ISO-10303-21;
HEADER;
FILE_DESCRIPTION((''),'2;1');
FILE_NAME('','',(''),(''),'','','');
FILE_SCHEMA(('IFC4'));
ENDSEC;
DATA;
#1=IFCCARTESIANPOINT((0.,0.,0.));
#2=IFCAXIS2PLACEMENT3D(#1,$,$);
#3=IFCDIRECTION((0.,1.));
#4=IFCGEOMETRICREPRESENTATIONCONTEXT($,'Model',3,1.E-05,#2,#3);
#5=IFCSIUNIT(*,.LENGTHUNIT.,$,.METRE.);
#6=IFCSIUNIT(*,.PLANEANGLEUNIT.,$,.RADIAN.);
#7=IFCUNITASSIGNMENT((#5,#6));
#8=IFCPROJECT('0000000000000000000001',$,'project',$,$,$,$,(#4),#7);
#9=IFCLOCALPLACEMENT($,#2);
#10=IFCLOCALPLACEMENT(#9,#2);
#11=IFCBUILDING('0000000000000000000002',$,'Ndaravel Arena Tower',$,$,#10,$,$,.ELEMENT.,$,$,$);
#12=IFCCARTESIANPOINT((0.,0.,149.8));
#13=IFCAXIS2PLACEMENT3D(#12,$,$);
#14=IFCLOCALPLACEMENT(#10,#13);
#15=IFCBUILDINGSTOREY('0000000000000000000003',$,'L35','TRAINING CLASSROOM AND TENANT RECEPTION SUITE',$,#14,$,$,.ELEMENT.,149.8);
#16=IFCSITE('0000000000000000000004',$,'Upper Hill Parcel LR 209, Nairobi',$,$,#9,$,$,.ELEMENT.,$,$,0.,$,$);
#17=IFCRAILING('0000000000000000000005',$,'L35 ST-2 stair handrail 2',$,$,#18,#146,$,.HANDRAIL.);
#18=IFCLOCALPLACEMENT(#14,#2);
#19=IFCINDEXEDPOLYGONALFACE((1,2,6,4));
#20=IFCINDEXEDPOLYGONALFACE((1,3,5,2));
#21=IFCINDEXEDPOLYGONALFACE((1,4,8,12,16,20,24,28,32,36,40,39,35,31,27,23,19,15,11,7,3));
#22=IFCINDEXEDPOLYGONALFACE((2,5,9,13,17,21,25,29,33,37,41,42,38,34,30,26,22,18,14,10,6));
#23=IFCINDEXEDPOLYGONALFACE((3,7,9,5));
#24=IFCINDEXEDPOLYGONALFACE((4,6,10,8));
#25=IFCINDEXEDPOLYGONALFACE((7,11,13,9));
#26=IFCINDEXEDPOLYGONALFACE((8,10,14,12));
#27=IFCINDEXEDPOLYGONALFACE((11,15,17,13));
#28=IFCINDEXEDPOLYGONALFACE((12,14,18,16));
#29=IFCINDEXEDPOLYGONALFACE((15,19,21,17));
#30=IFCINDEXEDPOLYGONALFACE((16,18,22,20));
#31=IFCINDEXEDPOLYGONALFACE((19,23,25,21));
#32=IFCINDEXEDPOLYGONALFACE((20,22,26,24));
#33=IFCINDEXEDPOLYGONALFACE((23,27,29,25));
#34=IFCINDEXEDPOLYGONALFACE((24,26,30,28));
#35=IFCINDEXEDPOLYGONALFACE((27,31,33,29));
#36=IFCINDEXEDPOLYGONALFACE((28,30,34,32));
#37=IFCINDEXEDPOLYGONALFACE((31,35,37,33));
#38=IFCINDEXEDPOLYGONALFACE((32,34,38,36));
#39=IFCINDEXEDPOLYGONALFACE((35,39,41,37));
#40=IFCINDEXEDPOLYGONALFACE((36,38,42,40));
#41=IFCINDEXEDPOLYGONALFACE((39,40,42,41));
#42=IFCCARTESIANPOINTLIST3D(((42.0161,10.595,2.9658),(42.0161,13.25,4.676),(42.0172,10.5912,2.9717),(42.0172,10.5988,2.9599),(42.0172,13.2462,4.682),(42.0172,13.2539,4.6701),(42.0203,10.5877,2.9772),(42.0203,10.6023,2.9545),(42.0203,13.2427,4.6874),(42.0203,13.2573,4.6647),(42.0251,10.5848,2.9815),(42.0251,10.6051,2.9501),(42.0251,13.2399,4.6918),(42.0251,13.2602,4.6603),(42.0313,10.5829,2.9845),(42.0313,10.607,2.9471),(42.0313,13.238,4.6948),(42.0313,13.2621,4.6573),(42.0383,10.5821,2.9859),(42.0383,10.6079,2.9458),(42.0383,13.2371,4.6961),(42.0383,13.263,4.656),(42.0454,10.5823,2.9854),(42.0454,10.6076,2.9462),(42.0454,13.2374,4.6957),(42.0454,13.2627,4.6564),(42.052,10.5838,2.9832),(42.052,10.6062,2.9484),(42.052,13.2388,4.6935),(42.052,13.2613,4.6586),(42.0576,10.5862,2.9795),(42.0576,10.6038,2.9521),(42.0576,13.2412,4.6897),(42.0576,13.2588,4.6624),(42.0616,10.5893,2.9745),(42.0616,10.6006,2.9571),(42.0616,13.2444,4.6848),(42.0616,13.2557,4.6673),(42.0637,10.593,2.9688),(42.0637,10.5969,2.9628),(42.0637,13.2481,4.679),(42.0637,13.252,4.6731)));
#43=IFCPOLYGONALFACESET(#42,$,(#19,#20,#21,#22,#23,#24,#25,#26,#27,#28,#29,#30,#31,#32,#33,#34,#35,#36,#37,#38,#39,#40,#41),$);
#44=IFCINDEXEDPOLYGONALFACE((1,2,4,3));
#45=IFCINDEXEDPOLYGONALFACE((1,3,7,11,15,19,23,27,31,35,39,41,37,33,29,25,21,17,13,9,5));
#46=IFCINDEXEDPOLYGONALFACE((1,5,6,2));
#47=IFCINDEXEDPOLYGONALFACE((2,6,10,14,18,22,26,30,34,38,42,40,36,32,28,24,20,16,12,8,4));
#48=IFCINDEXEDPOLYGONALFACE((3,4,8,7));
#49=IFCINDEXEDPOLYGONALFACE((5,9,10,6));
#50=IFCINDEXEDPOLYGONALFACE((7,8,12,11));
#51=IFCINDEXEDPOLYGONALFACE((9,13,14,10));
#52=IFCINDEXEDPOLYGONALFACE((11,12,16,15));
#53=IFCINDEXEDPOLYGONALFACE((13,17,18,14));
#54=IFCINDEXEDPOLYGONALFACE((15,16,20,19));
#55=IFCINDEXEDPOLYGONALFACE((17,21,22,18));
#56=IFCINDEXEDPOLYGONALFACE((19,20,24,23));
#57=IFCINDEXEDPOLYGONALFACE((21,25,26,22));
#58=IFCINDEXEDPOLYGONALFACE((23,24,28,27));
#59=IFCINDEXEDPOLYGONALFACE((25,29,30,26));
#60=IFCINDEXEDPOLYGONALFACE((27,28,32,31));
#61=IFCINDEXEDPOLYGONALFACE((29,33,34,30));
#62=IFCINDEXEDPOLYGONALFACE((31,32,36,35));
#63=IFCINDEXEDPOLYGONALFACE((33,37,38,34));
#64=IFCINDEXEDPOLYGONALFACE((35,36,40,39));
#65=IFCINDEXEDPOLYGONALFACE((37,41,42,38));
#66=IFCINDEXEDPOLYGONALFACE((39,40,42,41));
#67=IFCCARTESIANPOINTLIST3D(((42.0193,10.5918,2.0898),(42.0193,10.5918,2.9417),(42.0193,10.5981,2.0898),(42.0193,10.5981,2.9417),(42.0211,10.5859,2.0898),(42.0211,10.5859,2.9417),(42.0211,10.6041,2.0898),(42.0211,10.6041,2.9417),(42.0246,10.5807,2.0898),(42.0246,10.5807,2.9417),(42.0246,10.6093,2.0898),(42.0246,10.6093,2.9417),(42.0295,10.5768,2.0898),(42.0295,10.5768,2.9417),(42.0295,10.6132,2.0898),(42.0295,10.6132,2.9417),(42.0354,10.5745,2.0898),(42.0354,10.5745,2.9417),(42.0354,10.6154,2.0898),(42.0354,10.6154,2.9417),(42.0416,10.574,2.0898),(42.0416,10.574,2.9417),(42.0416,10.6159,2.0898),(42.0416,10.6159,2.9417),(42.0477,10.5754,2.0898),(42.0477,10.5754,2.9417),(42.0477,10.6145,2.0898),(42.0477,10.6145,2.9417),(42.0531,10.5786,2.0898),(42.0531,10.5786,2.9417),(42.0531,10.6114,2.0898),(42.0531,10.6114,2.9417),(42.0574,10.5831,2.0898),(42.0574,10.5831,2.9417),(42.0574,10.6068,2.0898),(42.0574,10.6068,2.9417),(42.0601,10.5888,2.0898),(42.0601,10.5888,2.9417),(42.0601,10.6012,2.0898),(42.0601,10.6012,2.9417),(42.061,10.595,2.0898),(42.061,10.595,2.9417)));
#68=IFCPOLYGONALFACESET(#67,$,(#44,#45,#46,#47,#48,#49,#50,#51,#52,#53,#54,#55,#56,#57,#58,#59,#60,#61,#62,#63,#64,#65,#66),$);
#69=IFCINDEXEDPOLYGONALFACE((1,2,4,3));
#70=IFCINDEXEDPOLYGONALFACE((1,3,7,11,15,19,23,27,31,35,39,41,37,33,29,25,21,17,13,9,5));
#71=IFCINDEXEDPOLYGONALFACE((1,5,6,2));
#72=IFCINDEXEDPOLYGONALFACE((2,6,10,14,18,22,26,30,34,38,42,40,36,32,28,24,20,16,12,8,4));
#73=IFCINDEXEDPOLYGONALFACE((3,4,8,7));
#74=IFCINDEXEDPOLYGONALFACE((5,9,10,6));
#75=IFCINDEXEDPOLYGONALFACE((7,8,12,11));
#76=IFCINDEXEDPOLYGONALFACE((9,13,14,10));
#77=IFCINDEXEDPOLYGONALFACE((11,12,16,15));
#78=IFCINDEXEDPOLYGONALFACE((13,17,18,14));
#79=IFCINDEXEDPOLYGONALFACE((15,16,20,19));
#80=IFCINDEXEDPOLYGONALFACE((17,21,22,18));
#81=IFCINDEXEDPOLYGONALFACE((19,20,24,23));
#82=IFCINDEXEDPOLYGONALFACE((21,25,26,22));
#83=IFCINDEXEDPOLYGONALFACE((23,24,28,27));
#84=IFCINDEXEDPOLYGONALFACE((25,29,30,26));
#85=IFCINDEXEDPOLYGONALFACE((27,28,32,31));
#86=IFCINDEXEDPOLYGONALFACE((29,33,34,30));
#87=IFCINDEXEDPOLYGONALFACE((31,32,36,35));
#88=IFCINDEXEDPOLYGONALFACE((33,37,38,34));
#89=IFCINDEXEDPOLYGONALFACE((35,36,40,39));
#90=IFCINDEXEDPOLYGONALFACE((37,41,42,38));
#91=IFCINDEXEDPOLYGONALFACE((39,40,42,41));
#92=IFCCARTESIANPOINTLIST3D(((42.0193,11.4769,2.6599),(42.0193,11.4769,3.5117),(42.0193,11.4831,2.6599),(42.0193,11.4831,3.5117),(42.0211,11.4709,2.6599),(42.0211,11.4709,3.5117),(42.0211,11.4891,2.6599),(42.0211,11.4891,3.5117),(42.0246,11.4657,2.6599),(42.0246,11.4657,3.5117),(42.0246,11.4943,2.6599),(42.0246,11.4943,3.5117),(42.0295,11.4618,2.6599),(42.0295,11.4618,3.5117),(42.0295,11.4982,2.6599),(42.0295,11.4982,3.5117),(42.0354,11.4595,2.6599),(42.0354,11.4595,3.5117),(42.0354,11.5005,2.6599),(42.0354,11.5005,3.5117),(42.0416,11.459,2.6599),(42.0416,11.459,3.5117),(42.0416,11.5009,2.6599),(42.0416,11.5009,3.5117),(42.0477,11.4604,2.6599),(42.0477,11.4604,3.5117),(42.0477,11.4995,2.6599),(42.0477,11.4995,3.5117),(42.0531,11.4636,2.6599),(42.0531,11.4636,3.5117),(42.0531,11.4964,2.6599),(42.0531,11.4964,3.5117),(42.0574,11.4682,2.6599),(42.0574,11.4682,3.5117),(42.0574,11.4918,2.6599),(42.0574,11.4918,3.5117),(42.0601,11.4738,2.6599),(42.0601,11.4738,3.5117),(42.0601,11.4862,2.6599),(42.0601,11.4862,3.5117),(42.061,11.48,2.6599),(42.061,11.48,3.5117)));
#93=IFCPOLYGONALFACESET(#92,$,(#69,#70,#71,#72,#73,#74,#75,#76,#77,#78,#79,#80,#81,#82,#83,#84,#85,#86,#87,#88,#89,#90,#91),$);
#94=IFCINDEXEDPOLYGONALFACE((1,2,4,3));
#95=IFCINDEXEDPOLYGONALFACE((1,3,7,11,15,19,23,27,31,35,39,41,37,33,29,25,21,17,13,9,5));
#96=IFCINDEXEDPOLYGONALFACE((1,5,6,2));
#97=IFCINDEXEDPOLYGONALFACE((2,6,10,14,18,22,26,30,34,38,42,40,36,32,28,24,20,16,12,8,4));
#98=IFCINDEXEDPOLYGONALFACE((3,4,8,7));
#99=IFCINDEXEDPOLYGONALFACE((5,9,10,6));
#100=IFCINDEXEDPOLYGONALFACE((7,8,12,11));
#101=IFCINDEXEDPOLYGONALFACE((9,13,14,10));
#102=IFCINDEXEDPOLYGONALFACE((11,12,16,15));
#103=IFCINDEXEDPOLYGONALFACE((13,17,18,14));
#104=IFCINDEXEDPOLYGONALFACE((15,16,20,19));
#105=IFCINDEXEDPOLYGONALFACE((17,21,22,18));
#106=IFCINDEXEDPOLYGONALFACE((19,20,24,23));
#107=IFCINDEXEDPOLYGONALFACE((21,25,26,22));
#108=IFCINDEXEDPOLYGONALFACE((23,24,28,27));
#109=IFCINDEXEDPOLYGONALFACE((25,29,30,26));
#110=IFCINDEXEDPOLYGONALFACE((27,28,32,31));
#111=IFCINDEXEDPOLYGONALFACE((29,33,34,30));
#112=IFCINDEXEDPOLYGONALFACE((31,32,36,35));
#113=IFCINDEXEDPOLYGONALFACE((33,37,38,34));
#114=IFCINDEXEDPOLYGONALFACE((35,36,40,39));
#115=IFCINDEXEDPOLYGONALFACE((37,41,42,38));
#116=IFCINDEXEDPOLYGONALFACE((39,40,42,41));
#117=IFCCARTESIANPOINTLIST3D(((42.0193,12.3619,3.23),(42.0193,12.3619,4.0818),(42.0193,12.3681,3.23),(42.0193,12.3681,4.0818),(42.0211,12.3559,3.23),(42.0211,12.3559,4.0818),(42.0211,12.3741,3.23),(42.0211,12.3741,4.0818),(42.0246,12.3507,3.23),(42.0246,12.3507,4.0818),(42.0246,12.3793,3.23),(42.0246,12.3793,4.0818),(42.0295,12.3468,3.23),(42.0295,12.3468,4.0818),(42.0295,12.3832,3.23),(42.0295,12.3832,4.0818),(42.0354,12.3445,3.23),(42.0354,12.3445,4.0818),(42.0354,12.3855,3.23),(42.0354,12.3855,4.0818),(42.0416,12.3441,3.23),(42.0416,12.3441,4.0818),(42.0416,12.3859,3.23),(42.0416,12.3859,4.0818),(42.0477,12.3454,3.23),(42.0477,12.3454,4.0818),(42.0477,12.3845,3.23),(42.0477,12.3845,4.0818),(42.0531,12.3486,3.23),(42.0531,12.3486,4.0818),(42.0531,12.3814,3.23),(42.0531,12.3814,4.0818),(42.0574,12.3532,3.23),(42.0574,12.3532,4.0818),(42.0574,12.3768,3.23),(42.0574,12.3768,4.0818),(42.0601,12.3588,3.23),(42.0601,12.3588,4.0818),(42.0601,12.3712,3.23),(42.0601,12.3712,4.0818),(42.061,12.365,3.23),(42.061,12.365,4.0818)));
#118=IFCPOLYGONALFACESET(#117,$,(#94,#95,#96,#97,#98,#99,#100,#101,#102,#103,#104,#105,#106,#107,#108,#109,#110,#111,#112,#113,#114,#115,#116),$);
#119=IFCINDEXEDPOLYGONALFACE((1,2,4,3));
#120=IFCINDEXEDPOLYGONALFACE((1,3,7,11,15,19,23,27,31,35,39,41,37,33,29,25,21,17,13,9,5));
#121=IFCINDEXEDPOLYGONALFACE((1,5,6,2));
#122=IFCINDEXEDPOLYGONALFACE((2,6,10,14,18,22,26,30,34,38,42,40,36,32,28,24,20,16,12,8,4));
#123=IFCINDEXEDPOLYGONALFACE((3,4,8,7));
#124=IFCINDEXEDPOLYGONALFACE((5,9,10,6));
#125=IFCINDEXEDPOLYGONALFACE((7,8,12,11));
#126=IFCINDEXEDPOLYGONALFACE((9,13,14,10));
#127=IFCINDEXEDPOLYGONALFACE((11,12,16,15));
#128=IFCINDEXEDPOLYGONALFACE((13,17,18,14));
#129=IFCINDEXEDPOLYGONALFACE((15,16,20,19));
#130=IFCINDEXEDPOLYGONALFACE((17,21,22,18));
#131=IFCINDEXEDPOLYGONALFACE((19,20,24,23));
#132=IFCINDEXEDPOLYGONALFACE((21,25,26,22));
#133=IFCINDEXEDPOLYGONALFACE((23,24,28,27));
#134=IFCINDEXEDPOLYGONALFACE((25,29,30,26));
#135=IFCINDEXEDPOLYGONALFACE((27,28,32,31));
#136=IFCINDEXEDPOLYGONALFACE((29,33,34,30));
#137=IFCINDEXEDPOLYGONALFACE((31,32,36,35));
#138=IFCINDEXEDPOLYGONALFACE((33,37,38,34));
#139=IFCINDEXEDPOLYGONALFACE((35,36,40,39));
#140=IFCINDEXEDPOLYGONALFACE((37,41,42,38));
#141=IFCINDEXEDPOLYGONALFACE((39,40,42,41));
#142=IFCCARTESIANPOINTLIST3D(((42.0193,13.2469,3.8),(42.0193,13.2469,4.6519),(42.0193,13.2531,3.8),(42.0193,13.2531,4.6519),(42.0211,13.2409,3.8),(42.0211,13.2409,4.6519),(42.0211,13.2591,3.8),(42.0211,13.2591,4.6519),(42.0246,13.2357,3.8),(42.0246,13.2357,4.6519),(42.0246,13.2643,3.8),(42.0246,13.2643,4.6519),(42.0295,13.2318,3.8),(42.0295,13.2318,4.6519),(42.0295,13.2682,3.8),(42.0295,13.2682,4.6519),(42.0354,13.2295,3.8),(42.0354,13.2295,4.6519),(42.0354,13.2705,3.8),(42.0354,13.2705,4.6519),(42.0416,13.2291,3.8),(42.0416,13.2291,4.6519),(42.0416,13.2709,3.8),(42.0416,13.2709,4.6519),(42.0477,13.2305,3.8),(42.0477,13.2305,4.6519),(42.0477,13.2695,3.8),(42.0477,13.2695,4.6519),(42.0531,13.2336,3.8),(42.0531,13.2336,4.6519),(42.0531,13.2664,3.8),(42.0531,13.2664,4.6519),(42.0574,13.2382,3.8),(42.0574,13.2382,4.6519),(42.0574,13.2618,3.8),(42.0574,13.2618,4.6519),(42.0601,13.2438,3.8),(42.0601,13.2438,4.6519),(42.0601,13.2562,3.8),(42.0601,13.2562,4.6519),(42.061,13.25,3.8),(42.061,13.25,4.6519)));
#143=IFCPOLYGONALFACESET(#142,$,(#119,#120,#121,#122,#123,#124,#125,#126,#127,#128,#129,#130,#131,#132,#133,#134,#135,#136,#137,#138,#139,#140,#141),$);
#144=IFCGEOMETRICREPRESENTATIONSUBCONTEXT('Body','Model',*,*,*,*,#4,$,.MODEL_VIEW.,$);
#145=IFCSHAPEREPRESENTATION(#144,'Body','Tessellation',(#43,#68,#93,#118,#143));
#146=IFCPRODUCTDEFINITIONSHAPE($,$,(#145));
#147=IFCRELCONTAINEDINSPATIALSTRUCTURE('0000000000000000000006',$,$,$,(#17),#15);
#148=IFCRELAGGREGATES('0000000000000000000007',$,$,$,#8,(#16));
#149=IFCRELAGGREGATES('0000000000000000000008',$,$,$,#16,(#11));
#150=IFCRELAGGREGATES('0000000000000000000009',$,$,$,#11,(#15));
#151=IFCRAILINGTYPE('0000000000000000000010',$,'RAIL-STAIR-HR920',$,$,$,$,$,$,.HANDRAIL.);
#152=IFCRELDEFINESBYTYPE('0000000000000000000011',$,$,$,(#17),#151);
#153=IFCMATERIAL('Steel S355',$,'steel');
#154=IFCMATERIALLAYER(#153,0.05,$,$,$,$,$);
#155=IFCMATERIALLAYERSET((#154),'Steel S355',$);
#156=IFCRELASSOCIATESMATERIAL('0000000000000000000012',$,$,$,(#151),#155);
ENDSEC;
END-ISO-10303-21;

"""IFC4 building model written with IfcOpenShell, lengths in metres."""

from ifc_helpers import new_model, si_unit, direction, frame, origin, origin_2d, place, context, subcontext, project, spatial, circle, extrude, material, layer, layer_set, type_object, element, save


model = new_model("IFC4")

# Units and contexts
model_context = context("Model", 3, precision=1e-05, world=origin(), true_north=direction((0.0, 1.0)))
body_context = subcontext(model_context, "Body", "Model", "MODEL_VIEW")
ifc_project = project(units=[si_unit("LENGTHUNIT", "METRE"), si_unit("PLANEANGLEUNIT", "RADIAN")], contexts=[model_context])

# Site, building, storey
site_placement = place(None, origin())
site = spatial("IfcSite", under=ifc_project, at=site_placement, Name="Upper Hill Parcel LR 209, Nairobi", CompositionType="ELEMENT", RefElevation=0.0)
building_placement = place(site_placement, origin())
building = spatial("IfcBuilding", under=site, at=building_placement, Name="Ndaravel Arena Tower", CompositionType="ELEMENT")
storey_placement = place(building_placement, frame((0.0, 0.0, 149.8)))
storey = spatial("IfcBuildingStorey", under=building, at=storey_placement, Name="L35", Description="TRAINING CLASSROOM AND TENANT RECEPTION SUITE", CompositionType="ELEMENT", Elevation=149.8)

# Railing
ifc_material_1 = material(Name="Steel S355", Category="steel")
ifc_layer_1 = layer(ifc_material_1, 0.05)
ifc_layer_set_1 = layer_set([ifc_layer_1], Name="Steel S355")
railing_type_1 = type_object("IfcRailingType", Name="RAIL-STAIR-HR920", PredefinedType="HANDRAIL", material=ifc_layer_set_1)
railing_1_placement = place(storey_placement, frame((42.04, 10.595, 2.0898)))
element("IfcRailing", 1, at=railing_1_placement, inside=storey, type_object=railing_type_1, Name="L35 ST-2 stair handrail 2", PredefinedType="HANDRAIL", context=body_context, shape_type="SweptSolid", body=[
    extrude(circle(Radius=0.0239, at=origin_2d()), frame((0.0, 0.0, 0.876), z_axis=(0.0, 0.840688, 0.541519), x_axis=(-1.0, 0.0, 0.0)), (0.0, 0.0, 1.0), 3.1582),
    extrude(circle(Radius=0.021, at=origin_2d()), origin(), (0.0, 0.0, 1.0), 0.8518),
    extrude(circle(Radius=0.021, at=origin_2d()), frame((0.0, 0.885, 0.5701)), (0.0, 0.0, 1.0), 0.8518),
    extrude(circle(Radius=0.021, at=origin_2d()), frame((0.0, 1.77, 1.1401)), (0.0, 0.0, 1.0), 0.8518),
    extrude(circle(Radius=0.021, at=origin_2d()), frame((0.0, 2.655, 1.7102)), (0.0, 0.0, 1.0), 0.8518),
])

save(model, "model.ifc")
